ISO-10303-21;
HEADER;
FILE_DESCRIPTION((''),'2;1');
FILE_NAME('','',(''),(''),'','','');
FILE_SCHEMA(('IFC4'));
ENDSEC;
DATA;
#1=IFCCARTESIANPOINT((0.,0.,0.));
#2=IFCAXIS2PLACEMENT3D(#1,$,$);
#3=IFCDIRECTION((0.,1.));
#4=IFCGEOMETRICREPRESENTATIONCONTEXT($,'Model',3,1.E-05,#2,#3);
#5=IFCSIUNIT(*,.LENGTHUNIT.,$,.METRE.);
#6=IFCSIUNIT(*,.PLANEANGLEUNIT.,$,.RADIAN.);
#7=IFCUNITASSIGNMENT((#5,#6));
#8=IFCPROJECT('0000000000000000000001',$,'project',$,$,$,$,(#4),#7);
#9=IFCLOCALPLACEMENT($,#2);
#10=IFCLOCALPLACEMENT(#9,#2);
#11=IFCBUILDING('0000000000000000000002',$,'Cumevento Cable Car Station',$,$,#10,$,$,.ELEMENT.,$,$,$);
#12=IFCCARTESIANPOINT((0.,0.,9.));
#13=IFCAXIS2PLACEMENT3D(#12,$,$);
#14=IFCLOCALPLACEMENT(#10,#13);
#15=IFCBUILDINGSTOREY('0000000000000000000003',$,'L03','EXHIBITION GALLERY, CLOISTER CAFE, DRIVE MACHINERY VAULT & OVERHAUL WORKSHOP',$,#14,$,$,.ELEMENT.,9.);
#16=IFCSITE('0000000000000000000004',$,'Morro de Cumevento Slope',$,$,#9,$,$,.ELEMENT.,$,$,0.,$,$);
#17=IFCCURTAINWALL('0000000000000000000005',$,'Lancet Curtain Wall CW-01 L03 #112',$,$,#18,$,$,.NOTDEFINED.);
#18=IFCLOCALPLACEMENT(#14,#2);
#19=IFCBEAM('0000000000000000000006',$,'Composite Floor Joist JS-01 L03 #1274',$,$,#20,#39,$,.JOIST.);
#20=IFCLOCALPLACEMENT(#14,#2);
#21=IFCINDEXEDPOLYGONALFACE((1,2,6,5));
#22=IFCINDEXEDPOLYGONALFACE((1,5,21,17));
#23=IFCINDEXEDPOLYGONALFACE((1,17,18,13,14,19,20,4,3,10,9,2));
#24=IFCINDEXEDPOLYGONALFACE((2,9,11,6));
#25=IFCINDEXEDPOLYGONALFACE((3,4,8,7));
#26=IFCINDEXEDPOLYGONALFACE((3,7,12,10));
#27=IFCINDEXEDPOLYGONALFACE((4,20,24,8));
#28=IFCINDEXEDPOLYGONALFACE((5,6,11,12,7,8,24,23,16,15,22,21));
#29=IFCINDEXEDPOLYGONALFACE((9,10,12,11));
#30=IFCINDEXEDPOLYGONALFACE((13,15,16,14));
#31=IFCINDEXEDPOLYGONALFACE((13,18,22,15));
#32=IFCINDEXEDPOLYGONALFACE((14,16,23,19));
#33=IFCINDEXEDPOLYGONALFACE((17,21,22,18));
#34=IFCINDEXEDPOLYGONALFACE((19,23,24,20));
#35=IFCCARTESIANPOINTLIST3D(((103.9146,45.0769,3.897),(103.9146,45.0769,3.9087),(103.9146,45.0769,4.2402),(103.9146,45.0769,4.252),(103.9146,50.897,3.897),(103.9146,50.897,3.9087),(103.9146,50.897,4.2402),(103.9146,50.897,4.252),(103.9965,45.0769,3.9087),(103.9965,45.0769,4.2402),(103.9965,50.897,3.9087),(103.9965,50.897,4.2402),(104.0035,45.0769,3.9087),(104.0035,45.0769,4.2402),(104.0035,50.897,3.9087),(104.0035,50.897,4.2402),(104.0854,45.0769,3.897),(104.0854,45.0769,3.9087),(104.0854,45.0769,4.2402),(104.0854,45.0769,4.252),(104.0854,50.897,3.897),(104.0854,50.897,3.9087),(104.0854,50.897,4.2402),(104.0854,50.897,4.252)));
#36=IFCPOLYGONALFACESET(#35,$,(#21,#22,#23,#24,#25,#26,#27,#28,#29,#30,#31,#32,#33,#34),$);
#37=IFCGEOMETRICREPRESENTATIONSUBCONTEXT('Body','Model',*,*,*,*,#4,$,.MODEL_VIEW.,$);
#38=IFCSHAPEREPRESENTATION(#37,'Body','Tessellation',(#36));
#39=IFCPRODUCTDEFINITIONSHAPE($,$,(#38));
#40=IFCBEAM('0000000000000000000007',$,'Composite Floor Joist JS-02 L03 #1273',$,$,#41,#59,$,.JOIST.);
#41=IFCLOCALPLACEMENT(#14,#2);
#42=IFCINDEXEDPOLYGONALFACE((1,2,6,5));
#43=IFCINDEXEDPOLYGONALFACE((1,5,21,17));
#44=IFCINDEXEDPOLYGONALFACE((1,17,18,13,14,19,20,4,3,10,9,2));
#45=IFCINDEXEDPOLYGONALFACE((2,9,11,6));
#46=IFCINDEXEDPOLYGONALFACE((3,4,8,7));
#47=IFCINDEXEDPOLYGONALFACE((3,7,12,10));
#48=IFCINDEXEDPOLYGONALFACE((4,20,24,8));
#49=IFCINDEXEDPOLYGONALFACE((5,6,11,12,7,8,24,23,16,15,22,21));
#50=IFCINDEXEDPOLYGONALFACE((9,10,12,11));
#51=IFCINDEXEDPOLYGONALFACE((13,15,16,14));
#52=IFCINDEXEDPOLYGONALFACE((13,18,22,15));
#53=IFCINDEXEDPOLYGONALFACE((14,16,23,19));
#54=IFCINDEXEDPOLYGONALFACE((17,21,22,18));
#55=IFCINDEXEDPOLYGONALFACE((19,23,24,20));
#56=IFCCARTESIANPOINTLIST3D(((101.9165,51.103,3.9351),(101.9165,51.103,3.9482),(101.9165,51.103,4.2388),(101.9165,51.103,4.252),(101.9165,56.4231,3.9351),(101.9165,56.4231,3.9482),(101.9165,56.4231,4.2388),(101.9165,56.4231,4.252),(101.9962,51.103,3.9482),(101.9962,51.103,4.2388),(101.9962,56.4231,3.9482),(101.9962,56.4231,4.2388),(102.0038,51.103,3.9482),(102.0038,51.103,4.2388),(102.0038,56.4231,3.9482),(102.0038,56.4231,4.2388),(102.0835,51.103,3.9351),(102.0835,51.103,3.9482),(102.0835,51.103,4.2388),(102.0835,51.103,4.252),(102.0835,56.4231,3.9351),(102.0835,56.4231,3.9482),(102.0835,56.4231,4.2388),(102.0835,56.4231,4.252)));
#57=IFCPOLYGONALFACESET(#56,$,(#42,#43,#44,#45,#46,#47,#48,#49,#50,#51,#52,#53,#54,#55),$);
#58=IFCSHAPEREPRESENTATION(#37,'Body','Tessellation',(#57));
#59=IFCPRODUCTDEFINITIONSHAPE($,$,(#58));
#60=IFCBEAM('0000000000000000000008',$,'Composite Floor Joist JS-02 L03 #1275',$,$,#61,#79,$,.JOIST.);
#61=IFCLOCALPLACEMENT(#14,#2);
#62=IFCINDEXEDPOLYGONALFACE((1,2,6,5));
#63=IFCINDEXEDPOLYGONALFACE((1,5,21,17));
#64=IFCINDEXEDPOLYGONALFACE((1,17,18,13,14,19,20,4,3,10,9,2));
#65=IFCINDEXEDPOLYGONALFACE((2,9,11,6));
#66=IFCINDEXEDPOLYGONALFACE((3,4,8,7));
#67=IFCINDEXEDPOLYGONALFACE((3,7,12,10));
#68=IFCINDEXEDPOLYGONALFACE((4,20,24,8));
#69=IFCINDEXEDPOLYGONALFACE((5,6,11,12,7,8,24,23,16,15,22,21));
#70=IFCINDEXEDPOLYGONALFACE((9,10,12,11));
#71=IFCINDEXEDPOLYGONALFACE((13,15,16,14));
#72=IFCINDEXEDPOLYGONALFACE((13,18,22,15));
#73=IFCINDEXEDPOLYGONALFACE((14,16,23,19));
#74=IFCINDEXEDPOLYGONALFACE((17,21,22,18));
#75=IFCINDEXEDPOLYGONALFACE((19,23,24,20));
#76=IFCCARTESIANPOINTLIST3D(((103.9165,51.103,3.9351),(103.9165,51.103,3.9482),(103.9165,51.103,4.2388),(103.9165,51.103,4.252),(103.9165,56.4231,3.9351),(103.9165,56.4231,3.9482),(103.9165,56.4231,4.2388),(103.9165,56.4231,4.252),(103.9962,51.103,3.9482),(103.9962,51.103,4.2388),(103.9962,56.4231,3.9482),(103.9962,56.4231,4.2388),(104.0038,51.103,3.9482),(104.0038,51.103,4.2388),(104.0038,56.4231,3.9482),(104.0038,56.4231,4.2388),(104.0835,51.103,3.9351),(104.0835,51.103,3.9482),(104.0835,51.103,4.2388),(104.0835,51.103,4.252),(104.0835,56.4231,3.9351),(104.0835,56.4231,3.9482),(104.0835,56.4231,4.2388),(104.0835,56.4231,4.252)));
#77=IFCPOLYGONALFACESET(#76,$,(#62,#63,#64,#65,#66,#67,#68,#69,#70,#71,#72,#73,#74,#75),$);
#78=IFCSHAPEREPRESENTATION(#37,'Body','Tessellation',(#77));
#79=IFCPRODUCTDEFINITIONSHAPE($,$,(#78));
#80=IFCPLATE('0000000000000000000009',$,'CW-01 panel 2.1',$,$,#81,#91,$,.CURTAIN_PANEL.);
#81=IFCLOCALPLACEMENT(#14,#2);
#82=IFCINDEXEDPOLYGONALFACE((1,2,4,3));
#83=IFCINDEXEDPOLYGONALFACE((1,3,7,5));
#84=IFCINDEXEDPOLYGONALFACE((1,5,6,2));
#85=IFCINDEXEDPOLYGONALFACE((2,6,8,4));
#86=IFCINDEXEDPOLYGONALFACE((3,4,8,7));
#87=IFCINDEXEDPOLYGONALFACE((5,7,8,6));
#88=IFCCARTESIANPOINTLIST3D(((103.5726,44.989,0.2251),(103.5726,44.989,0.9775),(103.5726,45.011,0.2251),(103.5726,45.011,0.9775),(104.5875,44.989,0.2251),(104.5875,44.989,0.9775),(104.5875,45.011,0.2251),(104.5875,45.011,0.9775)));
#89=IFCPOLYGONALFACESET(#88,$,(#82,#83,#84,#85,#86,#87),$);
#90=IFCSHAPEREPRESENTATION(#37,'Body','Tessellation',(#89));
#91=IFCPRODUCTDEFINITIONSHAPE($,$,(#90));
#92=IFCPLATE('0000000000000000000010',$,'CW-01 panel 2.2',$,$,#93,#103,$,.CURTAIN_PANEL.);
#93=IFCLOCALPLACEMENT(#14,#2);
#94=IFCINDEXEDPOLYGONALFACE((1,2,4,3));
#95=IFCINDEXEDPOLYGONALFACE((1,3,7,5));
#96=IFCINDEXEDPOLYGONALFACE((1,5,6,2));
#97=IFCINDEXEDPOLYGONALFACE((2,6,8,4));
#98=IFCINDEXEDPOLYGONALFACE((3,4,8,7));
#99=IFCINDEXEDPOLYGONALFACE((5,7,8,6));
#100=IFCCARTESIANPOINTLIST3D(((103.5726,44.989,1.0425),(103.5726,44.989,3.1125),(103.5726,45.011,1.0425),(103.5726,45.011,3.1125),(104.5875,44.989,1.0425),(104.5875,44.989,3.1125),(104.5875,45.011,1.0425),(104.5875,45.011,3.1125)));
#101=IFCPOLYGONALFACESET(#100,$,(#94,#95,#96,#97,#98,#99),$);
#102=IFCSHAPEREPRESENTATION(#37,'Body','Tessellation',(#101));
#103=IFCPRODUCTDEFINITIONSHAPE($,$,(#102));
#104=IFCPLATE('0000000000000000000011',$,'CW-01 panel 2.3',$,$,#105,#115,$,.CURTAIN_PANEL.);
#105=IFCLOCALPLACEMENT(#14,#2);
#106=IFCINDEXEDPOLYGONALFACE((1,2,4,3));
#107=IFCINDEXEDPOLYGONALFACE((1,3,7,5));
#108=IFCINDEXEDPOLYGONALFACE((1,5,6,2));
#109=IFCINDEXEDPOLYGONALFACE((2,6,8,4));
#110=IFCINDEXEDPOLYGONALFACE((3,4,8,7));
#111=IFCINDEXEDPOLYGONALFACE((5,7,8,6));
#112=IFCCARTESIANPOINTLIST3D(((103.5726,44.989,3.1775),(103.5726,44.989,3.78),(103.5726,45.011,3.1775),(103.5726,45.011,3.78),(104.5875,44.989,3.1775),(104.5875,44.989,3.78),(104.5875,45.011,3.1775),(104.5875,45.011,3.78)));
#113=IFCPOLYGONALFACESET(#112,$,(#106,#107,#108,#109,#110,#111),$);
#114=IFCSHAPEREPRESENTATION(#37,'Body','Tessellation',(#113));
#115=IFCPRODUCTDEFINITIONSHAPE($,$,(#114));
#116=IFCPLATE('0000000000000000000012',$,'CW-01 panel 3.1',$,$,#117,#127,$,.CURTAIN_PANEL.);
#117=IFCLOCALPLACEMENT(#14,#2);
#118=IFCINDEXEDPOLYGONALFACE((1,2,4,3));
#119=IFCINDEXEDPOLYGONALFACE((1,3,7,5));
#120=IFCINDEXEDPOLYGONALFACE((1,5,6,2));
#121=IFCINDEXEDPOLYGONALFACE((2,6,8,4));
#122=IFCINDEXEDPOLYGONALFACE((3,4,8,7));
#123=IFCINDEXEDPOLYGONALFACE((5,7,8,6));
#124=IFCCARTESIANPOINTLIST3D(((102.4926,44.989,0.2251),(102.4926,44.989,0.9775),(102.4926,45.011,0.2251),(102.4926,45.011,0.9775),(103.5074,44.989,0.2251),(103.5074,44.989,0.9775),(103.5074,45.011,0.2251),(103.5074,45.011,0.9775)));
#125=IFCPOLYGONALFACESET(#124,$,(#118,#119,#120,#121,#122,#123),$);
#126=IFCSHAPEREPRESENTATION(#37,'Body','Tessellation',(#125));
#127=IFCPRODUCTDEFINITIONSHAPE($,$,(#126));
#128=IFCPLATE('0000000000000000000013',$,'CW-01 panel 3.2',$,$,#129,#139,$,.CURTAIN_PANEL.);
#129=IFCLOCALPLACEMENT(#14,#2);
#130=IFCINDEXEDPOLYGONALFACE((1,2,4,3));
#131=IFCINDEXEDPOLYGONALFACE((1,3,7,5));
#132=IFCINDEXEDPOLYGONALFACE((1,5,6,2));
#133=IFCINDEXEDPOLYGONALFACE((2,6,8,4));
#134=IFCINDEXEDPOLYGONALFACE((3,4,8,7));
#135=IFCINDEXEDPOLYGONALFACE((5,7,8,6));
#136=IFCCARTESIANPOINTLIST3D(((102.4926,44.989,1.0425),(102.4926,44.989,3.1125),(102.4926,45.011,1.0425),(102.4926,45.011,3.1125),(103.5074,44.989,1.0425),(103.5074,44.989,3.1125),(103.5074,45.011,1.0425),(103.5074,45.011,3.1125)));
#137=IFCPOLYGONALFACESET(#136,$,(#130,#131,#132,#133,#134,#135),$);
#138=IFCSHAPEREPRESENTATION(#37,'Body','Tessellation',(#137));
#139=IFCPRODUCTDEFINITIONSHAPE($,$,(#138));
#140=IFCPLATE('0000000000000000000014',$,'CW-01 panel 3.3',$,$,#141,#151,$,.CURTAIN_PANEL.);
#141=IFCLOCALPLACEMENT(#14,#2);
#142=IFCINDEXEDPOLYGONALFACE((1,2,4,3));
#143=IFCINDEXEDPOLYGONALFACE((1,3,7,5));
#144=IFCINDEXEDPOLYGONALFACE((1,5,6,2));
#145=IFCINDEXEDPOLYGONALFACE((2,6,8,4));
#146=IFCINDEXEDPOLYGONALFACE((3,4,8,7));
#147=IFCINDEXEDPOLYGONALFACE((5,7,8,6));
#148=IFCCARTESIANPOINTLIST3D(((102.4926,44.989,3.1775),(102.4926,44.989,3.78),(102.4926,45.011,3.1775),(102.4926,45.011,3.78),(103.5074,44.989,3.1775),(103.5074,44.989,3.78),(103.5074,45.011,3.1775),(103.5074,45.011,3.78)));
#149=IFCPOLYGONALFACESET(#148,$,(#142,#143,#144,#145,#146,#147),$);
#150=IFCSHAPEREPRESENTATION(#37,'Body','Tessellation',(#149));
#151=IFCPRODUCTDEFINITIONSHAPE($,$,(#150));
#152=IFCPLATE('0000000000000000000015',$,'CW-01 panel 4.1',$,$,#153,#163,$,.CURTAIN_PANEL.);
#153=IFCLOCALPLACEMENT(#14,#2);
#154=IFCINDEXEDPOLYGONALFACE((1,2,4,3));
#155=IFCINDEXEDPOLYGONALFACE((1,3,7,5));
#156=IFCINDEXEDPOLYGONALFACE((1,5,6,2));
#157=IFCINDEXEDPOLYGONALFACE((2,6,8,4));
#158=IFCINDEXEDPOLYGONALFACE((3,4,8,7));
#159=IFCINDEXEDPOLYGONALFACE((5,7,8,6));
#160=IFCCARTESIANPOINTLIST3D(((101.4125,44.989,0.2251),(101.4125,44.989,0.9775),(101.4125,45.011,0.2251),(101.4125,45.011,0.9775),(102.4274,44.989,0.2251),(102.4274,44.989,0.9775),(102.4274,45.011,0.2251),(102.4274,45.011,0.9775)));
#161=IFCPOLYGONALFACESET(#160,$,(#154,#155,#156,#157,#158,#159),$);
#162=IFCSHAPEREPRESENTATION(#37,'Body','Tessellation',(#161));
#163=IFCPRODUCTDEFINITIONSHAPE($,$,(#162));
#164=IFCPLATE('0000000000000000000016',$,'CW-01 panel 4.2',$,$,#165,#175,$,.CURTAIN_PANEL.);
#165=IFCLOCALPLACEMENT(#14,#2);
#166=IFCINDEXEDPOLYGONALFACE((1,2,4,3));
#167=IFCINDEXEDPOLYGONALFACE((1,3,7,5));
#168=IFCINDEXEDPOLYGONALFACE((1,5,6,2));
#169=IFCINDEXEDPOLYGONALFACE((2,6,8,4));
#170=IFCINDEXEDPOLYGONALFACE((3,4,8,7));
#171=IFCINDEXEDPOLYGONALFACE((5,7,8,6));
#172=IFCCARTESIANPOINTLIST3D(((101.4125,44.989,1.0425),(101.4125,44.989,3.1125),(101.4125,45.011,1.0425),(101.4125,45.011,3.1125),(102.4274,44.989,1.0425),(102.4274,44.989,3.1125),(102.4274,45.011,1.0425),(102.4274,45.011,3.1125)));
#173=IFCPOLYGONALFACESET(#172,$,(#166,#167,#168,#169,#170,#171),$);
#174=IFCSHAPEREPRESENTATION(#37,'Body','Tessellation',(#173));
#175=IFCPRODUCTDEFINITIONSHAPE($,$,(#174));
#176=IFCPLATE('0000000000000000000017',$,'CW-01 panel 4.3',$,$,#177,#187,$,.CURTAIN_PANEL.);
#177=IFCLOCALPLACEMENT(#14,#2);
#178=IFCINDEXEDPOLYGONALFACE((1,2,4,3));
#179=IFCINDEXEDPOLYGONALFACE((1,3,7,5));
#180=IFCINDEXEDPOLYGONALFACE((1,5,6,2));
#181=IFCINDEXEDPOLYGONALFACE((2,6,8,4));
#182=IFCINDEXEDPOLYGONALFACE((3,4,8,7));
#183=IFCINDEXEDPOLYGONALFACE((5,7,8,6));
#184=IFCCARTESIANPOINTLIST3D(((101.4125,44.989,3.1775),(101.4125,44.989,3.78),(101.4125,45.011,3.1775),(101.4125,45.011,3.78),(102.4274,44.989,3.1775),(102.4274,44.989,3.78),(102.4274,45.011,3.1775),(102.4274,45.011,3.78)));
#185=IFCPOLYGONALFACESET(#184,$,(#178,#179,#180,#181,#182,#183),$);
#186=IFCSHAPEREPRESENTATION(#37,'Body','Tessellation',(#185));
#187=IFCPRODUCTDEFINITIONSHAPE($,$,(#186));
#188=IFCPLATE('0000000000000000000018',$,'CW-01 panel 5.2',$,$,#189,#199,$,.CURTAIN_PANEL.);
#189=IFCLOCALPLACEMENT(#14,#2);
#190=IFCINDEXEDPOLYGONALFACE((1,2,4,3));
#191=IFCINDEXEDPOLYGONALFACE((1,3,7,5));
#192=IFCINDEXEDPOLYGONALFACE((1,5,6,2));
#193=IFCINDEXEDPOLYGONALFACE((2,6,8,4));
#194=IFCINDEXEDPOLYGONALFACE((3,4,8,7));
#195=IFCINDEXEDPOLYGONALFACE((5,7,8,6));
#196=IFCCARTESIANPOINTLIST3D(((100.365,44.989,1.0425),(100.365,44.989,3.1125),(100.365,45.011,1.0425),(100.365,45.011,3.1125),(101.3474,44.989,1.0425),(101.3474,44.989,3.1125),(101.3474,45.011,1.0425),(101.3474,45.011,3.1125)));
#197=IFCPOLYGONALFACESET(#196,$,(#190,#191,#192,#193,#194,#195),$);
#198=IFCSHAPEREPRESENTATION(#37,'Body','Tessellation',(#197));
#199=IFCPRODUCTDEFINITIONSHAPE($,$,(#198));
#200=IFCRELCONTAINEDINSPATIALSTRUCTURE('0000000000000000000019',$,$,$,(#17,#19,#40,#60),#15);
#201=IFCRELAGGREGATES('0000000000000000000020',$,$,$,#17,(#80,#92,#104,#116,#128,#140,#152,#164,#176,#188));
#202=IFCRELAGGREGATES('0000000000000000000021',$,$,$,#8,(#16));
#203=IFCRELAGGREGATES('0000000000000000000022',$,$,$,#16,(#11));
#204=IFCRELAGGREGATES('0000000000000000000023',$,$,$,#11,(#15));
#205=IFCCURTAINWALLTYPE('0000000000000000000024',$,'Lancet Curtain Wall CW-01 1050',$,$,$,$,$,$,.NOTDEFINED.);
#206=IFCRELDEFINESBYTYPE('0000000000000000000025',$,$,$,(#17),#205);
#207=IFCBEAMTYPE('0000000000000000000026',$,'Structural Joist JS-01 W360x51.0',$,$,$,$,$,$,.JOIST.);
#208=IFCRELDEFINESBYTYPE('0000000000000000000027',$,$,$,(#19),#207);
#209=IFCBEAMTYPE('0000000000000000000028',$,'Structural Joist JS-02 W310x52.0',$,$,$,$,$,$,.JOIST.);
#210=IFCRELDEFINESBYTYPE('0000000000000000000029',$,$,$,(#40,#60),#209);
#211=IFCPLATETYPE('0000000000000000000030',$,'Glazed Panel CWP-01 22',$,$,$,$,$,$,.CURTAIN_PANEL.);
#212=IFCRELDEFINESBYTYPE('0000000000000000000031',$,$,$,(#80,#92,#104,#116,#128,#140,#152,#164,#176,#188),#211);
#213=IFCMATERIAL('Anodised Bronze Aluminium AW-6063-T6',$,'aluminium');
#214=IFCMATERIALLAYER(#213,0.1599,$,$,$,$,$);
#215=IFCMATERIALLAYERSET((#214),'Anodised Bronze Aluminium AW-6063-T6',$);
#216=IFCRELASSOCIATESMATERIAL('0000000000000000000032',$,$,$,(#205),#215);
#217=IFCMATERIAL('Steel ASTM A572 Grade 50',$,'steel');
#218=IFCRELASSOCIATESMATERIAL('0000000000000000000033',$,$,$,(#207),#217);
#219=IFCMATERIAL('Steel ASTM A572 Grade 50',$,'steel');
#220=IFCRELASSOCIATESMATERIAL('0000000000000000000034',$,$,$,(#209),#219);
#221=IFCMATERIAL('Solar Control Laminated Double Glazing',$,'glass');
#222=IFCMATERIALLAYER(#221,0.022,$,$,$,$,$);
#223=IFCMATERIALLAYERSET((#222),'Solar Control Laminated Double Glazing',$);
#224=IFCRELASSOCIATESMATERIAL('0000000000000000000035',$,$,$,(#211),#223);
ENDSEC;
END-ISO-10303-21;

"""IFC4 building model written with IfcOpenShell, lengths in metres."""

from ifc_helpers import new_model, si_unit, direction, frame, origin, origin_2d, place, context, subcontext, project, spatial, rectangle, i_section, extrude, material, layer, layer_set, material_profile, profile_set, type_object, element, aggregate, save


model = new_model("IFC4")

# Units and contexts
model_context = context("Model", 3, precision=1e-05, world=origin(), true_north=direction((0.0, 1.0)))
body_context = subcontext(model_context, "Body", "Model", "MODEL_VIEW")
ifc_project = project(units=[si_unit("LENGTHUNIT", "METRE"), si_unit("PLANEANGLEUNIT", "RADIAN")], contexts=[model_context])

# Site, building, storey
site_placement = place(None, origin())
site = spatial("IfcSite", under=ifc_project, at=site_placement, Name="Morro de Cumevento Slope", CompositionType="ELEMENT", RefElevation=0.0)
building_placement = place(site_placement, origin())
building = spatial("IfcBuilding", under=site, at=building_placement, Name="Cumevento Cable Car Station", CompositionType="ELEMENT")
storey_placement = place(building_placement, frame((0.0, 0.0, 9.0)))
storey = spatial("IfcBuildingStorey", under=building, at=storey_placement, Name="L03", Description="EXHIBITION GALLERY, CLOISTER CAFE, DRIVE MACHINERY VAULT & OVERHAUL WORKSHOP", CompositionType="ELEMENT", Elevation=9.0)

# Curtain wall
ifc_material_1 = material(Name="Anodised Bronze Aluminium AW-6063-T6", Category="aluminium")
ifc_layer_1 = layer(ifc_material_1, 0.1599)
ifc_layer_set_1 = layer_set([ifc_layer_1], Name="Anodised Bronze Aluminium AW-6063-T6")
curtain_wall_type = type_object("IfcCurtainWallType", Name="Lancet Curtain Wall CW-01 1050", PredefinedType="NOTDEFINED", material=ifc_layer_set_1)
curtain_wall_placement = place(storey_placement, origin())
curtain_wall = element("IfcCurtainWall", 1, at=curtain_wall_placement, inside=storey, type_object=curtain_wall_type, Name="Lancet Curtain Wall CW-01 L03 #112", PredefinedType="NOTDEFINED")

# Beams
ifc_material_2 = material(Name="Steel ASTM A572 Grade 50", Category="steel")
ifc_material_profile_1 = material_profile(ifc_material_2, i_section(OverallWidth=0.1709, OverallDepth=0.355, WebThickness=0.0071, FlangeThickness=0.0117, at=origin_2d()), Name="W360x51.0")
ifc_profile_set_1 = profile_set([ifc_material_profile_1], Name="Steel ASTM A572 Grade 50")
beam_type_1 = type_object("IfcBeamType", Name="Structural Joist JS-01 W360x51.0", PredefinedType="JOIST", material=ifc_profile_set_1)
for number, where, z_axis, x_axis, name in (
    (2, (104.0, 45.0769, 4.0745), (0.0, 1.0, 0.0), (-1.0, 0.0, 0.0), "Composite Floor Joist JS-01 L03 #1274"),
):
    element("IfcBeam", number, at=place(storey_placement, frame(where, z_axis=z_axis, x_axis=x_axis)), inside=storey, type_object=beam_type_1, Name=name, PredefinedType="JOIST", context=body_context, shape_type="SweptSolid", body=[
        extrude(i_section(OverallWidth=0.1709, OverallDepth=0.355, WebThickness=0.0071, FlangeThickness=0.0117, at=origin_2d()), origin(), (0.0, 0.0, 1.0), 5.8201),
    ])
ifc_material_3 = material(Name="Steel ASTM A572 Grade 50", Category="steel")
ifc_material_profile_2 = material_profile(ifc_material_3, i_section(OverallWidth=0.167, OverallDepth=0.3169, WebThickness=0.0076, FlangeThickness=0.0132, at=origin_2d()), Name="W310x52.0")
ifc_profile_set_2 = profile_set([ifc_material_profile_2], Name="Steel ASTM A572 Grade 50")
beam_type_2 = type_object("IfcBeamType", Name="Structural Joist JS-02 W310x52.0", PredefinedType="JOIST", material=ifc_profile_set_2)
for number, where, z_axis, x_axis, name in (
    (3, (102.0, 51.103, 4.0935), (0.0, 1.0, 0.0), (-1.0, 0.0, 0.0), "Composite Floor Joist JS-02 L03 #1273"),
    (4, (104.0, 51.103, 4.0935), (0.0, 1.0, 0.0), (-1.0, 0.0, 0.0), "Composite Floor Joist JS-02 L03 #1275"),
):
    element("IfcBeam", number, at=place(storey_placement, frame(where, z_axis=z_axis, x_axis=x_axis)), inside=storey, type_object=beam_type_2, Name=name, PredefinedType="JOIST", context=body_context, shape_type="SweptSolid", body=[
        extrude(i_section(OverallWidth=0.167, OverallDepth=0.3169, WebThickness=0.0076, FlangeThickness=0.0132, at=origin_2d()), origin(), (0.0, 0.0, 1.0), 5.3201),
    ])

# Plates
ifc_material_4 = material(Name="Solar Control Laminated Double Glazing", Category="glass")
ifc_layer_2 = layer(ifc_material_4, 0.022)
ifc_layer_set_2 = layer_set([ifc_layer_2], Name="Solar Control Laminated Double Glazing")
plate_type = type_object("IfcPlateType", Name="Glazed Panel CWP-01 22", PredefinedType="CURTAIN_PANEL", material=ifc_layer_set_2)
plate_1_placement = place(storey_placement, frame((104.0801, 45.0, 0.2251), z_axis=(0.0, 0.0, 1.0), x_axis=(-1.0, 0.0, 0.0)))
plate_1 = element("IfcPlate", 5, at=plate_1_placement, type_object=plate_type, Name="CW-01 panel 2.1", PredefinedType="CURTAIN_PANEL", context=body_context, shape_type="SweptSolid", body=[
    extrude(rectangle(XDim=1.0149, YDim=0.022, at=origin_2d()), origin(), (0.0, 0.0, 1.0), 0.7524),
])
plate_2_placement = place(storey_placement, frame((104.0801, 45.0, 1.0425), z_axis=(0.0, 0.0, 1.0), x_axis=(-1.0, 0.0, 0.0)))
plate_2 = element("IfcPlate", 6, at=plate_2_placement, type_object=plate_type, Name="CW-01 panel 2.2", PredefinedType="CURTAIN_PANEL", context=body_context, shape_type="SweptSolid", body=[
    extrude(rectangle(XDim=1.0149, YDim=0.022, at=origin_2d()), origin(), (0.0, 0.0, 1.0), 2.0701),
])
plate_3_placement = place(storey_placement, frame((104.0801, 45.0, 3.1775), z_axis=(0.0, 0.0, 1.0), x_axis=(-1.0, 0.0, 0.0)))
plate_3 = element("IfcPlate", 7, at=plate_3_placement, type_object=plate_type, Name="CW-01 panel 2.3", PredefinedType="CURTAIN_PANEL", context=body_context, shape_type="SweptSolid", body=[
    extrude(rectangle(XDim=1.0149, YDim=0.022, at=origin_2d()), origin(), (0.0, 0.0, 1.0), 0.6025),
])
plate_4_placement = place(storey_placement, frame((103.0, 45.0, 0.2251), z_axis=(0.0, 0.0, 1.0), x_axis=(-1.0, 0.0, 0.0)))
plate_4 = element("IfcPlate", 8, at=plate_4_placement, type_object=plate_type, Name="CW-01 panel 3.1", PredefinedType="CURTAIN_PANEL", context=body_context, shape_type="SweptSolid", body=[
    extrude(rectangle(XDim=1.0149, YDim=0.022, at=origin_2d()), origin(), (0.0, 0.0, 1.0), 0.7524),
])
plate_5_placement = place(storey_placement, frame((103.0, 45.0, 1.0425), z_axis=(0.0, 0.0, 1.0), x_axis=(-1.0, 0.0, 0.0)))
plate_5 = element("IfcPlate", 9, at=plate_5_placement, type_object=plate_type, Name="CW-01 panel 3.2", PredefinedType="CURTAIN_PANEL", context=body_context, shape_type="SweptSolid", body=[
    extrude(rectangle(XDim=1.0149, YDim=0.022, at=origin_2d()), origin(), (0.0, 0.0, 1.0), 2.0701),
])
plate_6_placement = place(storey_placement, frame((103.0, 45.0, 3.1775), z_axis=(0.0, 0.0, 1.0), x_axis=(-1.0, 0.0, 0.0)))
plate_6 = element("IfcPlate", 10, at=plate_6_placement, type_object=plate_type, Name="CW-01 panel 3.3", PredefinedType="CURTAIN_PANEL", context=body_context, shape_type="SweptSolid", body=[
    extrude(rectangle(XDim=1.0149, YDim=0.022, at=origin_2d()), origin(), (0.0, 0.0, 1.0), 0.6025),
])
plate_7_placement = place(storey_placement, frame((101.9199, 45.0, 0.2251), z_axis=(0.0, 0.0, 1.0), x_axis=(-1.0, 0.0, 0.0)))
plate_7 = element("IfcPlate", 11, at=plate_7_placement, type_object=plate_type, Name="CW-01 panel 4.1", PredefinedType="CURTAIN_PANEL", context=body_context, shape_type="SweptSolid", body=[
    extrude(rectangle(XDim=1.0149, YDim=0.022, at=origin_2d()), origin(), (0.0, 0.0, 1.0), 0.7524),
])
plate_8_placement = place(storey_placement, frame((101.9199, 45.0, 1.0425), z_axis=(0.0, 0.0, 1.0), x_axis=(-1.0, 0.0, 0.0)))
plate_8 = element("IfcPlate", 12, at=plate_8_placement, type_object=plate_type, Name="CW-01 panel 4.2", PredefinedType="CURTAIN_PANEL", context=body_context, shape_type="SweptSolid", body=[
    extrude(rectangle(XDim=1.0149, YDim=0.022, at=origin_2d()), origin(), (0.0, 0.0, 1.0), 2.0701),
])
plate_9_placement = place(storey_placement, frame((101.9199, 45.0, 3.1775), z_axis=(0.0, 0.0, 1.0), x_axis=(-1.0, 0.0, 0.0)))
plate_9 = element("IfcPlate", 13, at=plate_9_placement, type_object=plate_type, Name="CW-01 panel 4.3", PredefinedType="CURTAIN_PANEL", context=body_context, shape_type="SweptSolid", body=[
    extrude(rectangle(XDim=1.0149, YDim=0.022, at=origin_2d()), origin(), (0.0, 0.0, 1.0), 0.6025),
])
plate_10_placement = place(storey_placement, frame((100.8562, 45.0, 1.0425), z_axis=(0.0, 0.0, 1.0), x_axis=(-1.0, 0.0, 0.0)))
plate_10 = element("IfcPlate", 14, at=plate_10_placement, type_object=plate_type, Name="CW-01 panel 5.2", PredefinedType="CURTAIN_PANEL", context=body_context, shape_type="SweptSolid", body=[
    extrude(rectangle(XDim=0.9824, YDim=0.022, at=origin_2d()), origin(), (0.0, 0.0, 1.0), 2.0701),
])
aggregate(curtain_wall, [plate_1, plate_2, plate_3, plate_4, plate_5, plate_6, plate_7, plate_8, plate_9, plate_10])

save(model, "model.ifc")
